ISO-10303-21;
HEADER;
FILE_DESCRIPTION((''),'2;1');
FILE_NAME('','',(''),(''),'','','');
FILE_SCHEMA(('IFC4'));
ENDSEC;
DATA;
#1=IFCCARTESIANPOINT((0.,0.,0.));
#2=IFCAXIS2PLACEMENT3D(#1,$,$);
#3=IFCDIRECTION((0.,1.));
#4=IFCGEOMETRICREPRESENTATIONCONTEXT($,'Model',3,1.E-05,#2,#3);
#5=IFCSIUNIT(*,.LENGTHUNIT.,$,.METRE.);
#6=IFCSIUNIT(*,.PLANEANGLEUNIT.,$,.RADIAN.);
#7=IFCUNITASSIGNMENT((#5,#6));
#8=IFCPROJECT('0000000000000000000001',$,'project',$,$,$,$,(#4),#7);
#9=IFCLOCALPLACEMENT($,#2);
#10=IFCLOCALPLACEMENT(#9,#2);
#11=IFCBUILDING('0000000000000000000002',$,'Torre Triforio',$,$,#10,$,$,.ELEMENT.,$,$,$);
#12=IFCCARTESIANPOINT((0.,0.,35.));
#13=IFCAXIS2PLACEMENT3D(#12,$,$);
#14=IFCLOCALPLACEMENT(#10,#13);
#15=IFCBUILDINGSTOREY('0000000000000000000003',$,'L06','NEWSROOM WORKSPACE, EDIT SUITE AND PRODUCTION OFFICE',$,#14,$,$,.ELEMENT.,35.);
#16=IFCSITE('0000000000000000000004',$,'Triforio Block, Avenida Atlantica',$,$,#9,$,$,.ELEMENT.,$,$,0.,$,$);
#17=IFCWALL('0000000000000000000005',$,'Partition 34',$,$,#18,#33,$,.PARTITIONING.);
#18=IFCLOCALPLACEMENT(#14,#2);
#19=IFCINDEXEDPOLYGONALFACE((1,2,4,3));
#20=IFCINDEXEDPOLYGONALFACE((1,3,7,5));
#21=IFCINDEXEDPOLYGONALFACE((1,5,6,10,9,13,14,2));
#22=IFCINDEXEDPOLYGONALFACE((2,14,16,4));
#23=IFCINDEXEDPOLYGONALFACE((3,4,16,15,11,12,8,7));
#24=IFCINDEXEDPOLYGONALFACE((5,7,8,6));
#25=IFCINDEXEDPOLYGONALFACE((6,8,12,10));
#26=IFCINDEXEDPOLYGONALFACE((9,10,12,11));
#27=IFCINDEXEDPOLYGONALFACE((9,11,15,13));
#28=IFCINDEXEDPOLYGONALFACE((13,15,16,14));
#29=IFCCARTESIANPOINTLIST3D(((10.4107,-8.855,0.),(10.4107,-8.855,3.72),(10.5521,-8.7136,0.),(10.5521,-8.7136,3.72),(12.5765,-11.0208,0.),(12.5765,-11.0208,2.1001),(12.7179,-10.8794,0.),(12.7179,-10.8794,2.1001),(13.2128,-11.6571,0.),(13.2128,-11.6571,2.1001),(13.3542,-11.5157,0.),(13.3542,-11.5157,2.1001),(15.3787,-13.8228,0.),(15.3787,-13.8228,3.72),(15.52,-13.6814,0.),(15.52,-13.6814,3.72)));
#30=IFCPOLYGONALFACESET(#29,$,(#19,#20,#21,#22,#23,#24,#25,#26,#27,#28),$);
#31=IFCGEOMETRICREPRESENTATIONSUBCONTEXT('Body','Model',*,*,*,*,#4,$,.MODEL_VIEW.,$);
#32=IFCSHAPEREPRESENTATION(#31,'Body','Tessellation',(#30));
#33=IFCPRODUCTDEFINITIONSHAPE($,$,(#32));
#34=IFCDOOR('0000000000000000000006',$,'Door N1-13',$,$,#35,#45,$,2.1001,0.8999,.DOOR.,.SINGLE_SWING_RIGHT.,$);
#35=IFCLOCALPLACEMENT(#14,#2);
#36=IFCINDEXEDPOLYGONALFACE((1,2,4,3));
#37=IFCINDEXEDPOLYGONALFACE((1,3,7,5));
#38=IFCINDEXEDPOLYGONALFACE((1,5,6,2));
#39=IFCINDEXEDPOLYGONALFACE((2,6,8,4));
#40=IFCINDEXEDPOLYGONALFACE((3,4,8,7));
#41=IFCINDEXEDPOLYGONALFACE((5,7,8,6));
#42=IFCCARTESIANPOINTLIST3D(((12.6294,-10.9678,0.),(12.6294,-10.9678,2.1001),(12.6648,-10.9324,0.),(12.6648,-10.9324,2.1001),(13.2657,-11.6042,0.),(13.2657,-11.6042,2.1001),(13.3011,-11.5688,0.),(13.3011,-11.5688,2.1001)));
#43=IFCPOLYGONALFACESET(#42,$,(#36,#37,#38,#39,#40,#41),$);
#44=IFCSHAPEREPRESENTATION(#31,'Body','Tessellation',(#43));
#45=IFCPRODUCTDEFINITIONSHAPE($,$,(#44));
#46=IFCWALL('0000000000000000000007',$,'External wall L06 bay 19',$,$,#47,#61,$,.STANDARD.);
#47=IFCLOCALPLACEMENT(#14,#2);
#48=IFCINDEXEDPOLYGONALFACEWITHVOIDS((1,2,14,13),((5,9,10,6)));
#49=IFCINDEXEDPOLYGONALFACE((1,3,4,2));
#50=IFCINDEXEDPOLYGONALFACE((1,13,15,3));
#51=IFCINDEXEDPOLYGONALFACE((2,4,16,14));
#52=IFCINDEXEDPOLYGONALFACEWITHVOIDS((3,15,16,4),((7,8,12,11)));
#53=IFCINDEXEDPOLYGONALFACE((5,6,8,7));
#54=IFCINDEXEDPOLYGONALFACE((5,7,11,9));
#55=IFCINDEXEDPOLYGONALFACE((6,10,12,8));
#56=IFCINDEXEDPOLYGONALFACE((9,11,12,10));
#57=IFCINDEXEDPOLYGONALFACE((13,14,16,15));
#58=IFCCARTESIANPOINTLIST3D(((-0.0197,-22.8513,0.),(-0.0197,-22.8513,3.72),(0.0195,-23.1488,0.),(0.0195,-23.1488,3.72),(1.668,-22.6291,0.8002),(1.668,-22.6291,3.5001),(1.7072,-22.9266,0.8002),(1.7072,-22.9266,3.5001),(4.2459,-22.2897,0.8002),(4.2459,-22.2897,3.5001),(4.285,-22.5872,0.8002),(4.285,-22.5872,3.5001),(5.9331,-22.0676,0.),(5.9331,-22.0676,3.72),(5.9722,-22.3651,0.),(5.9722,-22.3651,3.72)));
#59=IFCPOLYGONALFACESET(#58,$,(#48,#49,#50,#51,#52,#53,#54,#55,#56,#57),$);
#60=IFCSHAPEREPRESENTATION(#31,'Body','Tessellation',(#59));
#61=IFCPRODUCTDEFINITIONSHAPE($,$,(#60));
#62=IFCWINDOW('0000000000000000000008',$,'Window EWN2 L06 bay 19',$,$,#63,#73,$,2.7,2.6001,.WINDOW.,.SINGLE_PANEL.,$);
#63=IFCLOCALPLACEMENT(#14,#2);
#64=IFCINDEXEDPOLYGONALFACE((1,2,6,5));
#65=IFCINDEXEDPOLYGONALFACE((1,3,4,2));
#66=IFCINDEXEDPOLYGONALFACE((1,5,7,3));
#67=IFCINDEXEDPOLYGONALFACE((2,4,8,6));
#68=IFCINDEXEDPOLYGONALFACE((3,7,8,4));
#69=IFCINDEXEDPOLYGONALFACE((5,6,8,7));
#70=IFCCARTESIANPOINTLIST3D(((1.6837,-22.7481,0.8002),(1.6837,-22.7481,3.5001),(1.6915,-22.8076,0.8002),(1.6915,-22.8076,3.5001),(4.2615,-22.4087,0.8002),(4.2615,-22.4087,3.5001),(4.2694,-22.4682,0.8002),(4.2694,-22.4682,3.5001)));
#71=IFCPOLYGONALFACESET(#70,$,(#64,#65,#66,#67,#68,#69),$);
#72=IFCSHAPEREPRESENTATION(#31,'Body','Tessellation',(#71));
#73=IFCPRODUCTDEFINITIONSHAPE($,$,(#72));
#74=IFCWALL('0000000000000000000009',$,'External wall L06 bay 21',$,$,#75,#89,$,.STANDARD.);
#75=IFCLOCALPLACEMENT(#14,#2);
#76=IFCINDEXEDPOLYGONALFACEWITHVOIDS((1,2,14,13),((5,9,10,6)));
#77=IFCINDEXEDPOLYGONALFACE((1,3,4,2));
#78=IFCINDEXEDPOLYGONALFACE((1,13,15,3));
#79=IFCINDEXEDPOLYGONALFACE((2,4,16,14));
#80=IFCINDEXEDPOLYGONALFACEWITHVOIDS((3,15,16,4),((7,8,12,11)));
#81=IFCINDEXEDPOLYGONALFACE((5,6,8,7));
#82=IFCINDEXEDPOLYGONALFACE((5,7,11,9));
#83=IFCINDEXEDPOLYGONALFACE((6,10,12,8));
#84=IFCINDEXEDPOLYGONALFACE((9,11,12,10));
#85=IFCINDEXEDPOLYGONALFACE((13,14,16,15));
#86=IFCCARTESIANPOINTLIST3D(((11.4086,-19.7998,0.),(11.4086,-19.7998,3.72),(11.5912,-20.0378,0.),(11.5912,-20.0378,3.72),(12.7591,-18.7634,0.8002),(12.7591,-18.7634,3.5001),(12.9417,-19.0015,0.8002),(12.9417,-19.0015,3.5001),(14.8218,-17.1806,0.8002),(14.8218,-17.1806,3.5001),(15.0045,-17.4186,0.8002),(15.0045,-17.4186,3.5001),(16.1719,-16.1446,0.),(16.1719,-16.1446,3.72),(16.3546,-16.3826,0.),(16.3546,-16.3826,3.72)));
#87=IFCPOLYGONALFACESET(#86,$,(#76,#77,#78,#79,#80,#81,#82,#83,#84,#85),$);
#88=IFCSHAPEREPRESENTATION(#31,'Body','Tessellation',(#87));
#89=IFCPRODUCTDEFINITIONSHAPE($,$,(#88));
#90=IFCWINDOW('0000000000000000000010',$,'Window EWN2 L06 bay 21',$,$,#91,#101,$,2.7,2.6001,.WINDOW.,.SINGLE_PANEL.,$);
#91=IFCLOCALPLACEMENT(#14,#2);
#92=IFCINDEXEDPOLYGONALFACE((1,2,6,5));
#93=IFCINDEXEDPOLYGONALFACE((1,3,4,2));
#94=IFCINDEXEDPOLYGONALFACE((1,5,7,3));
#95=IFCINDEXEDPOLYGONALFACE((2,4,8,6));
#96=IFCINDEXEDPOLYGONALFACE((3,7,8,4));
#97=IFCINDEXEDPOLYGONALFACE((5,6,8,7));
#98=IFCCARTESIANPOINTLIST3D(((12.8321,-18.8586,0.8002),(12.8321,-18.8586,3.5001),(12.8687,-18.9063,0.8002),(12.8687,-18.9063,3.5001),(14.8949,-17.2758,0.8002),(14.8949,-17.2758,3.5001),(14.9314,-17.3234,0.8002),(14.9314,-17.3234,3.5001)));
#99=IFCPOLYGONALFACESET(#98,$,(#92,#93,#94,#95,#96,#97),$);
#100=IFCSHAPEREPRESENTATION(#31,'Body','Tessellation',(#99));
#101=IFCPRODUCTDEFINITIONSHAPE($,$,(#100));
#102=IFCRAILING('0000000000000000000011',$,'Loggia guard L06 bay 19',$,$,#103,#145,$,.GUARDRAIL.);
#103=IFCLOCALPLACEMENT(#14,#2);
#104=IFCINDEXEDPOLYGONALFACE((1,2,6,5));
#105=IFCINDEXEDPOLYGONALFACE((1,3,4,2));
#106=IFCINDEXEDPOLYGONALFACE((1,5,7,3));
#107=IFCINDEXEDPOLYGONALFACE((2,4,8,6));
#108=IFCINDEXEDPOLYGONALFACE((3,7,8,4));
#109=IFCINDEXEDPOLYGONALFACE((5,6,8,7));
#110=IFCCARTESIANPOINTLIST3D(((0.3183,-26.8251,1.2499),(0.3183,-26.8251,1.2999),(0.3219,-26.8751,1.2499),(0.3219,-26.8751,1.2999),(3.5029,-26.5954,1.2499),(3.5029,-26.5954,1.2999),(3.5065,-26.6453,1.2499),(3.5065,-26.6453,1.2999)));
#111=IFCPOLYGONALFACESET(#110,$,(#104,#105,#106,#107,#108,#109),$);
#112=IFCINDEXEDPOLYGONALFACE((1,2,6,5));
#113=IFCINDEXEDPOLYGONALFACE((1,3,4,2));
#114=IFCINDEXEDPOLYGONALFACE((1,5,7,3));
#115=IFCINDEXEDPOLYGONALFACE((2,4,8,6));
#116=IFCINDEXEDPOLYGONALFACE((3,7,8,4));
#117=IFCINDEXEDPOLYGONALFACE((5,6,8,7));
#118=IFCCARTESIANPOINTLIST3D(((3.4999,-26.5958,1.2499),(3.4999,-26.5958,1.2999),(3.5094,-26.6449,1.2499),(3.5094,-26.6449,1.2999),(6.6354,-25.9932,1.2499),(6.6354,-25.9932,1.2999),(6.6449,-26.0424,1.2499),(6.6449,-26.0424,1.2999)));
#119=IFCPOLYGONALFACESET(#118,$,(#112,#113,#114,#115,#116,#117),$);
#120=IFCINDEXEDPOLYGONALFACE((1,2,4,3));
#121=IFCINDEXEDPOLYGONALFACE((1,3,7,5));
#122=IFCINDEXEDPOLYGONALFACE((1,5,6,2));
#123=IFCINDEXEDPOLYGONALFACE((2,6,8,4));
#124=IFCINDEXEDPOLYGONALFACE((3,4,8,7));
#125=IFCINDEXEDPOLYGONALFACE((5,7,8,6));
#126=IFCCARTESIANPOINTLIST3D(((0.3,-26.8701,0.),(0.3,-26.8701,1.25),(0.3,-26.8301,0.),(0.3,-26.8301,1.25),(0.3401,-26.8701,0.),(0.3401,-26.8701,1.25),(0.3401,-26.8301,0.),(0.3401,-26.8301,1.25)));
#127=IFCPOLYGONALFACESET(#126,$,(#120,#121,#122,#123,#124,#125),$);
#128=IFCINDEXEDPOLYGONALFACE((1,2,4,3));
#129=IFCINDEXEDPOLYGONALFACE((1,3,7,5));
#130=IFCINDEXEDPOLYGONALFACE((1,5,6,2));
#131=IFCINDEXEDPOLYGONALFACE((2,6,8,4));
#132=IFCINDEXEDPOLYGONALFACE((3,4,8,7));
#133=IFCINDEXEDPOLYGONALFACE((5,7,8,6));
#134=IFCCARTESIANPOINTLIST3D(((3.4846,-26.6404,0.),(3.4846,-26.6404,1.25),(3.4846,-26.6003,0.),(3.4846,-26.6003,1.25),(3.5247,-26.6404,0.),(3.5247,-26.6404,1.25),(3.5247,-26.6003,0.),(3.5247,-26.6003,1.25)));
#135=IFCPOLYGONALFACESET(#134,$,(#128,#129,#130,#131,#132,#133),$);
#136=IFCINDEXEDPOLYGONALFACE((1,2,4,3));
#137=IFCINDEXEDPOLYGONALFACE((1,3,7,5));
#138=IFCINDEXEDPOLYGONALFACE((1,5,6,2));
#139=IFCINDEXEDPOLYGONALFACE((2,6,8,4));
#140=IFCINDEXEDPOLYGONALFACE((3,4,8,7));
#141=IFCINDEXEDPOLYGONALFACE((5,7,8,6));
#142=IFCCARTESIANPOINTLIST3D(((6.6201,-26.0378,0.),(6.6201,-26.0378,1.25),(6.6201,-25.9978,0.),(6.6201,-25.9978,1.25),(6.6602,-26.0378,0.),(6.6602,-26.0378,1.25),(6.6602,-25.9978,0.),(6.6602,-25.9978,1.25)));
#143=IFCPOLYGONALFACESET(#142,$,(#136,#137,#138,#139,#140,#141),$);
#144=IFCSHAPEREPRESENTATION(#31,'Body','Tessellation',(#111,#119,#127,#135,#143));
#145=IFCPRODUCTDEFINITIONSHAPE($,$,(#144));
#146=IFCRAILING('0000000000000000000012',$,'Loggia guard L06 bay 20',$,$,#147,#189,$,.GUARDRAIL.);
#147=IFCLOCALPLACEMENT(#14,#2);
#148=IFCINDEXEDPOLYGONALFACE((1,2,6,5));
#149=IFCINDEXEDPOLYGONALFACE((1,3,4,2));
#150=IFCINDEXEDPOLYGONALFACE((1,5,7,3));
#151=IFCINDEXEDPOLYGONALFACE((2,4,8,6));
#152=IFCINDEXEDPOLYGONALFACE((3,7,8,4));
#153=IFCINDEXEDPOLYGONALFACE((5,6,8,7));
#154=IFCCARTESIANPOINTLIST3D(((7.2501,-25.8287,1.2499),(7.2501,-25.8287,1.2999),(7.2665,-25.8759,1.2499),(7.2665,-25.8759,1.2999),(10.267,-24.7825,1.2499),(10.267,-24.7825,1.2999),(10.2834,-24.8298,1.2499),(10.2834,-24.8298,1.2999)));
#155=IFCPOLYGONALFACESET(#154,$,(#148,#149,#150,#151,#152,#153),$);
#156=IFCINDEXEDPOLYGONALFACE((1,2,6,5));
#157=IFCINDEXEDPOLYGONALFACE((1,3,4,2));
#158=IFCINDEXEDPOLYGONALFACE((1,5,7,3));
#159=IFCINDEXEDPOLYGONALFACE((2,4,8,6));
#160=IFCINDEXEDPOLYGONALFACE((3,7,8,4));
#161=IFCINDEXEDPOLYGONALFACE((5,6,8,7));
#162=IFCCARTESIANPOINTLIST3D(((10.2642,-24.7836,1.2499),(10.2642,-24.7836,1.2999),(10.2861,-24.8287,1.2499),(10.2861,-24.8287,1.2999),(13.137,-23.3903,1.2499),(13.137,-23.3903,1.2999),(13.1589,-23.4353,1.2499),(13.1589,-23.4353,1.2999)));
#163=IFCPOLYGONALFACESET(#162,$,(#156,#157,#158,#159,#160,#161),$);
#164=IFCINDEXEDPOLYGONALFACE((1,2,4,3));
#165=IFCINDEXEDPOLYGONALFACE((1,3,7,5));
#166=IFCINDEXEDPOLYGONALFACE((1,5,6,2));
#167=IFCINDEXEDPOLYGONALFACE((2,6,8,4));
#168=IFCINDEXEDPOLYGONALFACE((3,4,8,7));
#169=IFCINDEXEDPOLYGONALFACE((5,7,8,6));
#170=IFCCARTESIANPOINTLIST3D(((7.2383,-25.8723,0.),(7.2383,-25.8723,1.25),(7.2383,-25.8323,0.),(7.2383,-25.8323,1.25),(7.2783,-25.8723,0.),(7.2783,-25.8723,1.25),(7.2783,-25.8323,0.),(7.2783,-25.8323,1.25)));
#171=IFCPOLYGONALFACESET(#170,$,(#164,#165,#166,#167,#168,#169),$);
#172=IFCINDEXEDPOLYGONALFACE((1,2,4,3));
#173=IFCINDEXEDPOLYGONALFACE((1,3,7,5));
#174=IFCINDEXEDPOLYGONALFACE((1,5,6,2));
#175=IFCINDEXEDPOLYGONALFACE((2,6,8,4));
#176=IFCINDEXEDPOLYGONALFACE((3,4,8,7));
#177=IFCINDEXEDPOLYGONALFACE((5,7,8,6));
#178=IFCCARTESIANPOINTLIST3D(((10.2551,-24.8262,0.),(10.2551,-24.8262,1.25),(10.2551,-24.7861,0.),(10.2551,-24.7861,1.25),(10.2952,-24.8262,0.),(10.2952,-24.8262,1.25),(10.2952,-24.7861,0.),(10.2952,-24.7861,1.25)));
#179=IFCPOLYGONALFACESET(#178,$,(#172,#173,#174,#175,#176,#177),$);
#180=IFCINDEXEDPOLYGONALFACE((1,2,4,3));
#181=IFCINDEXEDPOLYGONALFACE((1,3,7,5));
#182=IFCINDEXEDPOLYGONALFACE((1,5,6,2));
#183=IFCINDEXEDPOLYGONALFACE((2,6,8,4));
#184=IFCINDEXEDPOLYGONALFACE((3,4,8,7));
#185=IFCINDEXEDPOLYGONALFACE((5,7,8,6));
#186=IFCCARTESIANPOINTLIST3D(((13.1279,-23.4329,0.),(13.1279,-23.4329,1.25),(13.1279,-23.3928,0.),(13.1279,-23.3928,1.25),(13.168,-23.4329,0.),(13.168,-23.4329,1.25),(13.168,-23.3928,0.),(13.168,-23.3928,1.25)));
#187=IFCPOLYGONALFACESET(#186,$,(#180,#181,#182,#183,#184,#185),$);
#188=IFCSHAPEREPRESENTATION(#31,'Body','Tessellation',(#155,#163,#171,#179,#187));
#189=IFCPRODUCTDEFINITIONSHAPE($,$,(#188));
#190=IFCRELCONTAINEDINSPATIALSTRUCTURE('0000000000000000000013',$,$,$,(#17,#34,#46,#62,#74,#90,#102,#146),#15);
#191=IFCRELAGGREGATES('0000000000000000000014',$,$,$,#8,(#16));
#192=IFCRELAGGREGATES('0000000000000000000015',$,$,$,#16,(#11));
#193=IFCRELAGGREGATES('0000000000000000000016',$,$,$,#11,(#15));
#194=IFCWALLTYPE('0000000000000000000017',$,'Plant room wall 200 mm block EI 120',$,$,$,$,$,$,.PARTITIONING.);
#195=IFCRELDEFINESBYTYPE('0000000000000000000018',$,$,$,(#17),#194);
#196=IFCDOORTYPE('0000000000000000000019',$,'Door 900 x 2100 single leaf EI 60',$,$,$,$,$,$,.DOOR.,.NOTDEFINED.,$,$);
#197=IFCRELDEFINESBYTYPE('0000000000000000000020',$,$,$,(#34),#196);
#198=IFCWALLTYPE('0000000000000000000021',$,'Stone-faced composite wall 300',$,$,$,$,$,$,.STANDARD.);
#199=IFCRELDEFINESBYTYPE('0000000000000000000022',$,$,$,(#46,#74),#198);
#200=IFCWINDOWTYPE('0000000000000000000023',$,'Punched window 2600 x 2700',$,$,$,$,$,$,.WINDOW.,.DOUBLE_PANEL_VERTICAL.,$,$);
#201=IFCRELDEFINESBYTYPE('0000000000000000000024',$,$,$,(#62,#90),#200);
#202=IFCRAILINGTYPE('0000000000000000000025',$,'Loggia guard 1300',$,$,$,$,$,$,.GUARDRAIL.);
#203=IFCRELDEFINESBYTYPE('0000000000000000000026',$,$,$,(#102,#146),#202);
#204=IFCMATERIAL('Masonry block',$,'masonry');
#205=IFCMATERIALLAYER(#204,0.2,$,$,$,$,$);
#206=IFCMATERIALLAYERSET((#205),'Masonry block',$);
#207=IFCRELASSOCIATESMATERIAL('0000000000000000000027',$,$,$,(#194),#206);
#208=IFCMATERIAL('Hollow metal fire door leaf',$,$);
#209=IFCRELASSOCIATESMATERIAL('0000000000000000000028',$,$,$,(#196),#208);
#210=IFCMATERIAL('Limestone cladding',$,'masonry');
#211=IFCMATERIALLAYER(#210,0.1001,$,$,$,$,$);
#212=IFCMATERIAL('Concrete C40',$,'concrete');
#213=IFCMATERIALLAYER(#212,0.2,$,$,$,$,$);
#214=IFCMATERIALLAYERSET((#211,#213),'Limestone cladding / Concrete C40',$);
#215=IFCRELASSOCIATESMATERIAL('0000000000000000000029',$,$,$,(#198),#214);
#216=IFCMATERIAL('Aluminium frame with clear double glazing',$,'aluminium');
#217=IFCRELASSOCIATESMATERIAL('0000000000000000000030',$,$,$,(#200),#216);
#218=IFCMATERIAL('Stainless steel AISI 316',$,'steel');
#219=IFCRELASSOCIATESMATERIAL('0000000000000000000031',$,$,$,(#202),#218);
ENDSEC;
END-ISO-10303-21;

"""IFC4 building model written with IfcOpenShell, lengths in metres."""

from ifc_helpers import new_model, si_unit, direction, frame, frame_2d, origin, origin_2d, place, context, subcontext, project, spatial, rectangle, extrude, material, layer, layer_set, type_object, element, fill, save


model = new_model("IFC4")

# Units and contexts
model_context = context("Model", 3, precision=1e-05, world=origin(), true_north=direction((0.0, 1.0)))
body_context = subcontext(model_context, "Body", "Model", "MODEL_VIEW")
ifc_project = project(units=[si_unit("LENGTHUNIT", "METRE"), si_unit("PLANEANGLEUNIT", "RADIAN")], contexts=[model_context])

# Site, building, storey
site_placement = place(None, origin())
site = spatial("IfcSite", under=ifc_project, at=site_placement, Name="Triforio Block, Avenida Atlantica", CompositionType="ELEMENT", RefElevation=0.0)
building_placement = place(site_placement, origin())
building = spatial("IfcBuilding", under=site, at=building_placement, Name="Torre Triforio", CompositionType="ELEMENT")
storey_placement = place(building_placement, frame((0.0, 0.0, 35.0)))
storey = spatial("IfcBuildingStorey", under=building, at=storey_placement, Name="L06", Description="NEWSROOM WORKSPACE, EDIT SUITE AND PRODUCTION OFFICE", CompositionType="ELEMENT", Elevation=35.0)

# Wall, opening, door
ifc_material_1 = material(Name="Masonry block", Category="masonry")
ifc_layer_1 = layer(ifc_material_1, 0.2)
ifc_layer_set_1 = layer_set([ifc_layer_1], Name="Masonry block")
wall_type_1 = type_object("IfcWallType", Name="Plant room wall 200 mm block EI 120", PredefinedType="PARTITIONING", material=ifc_layer_set_1)
wall_1_placement = place(storey_placement, frame((10.4814, -8.7844, 0.0), z_axis=(0.0, 0.0, 1.0), x_axis=(0.707124, -0.707089, 0.0)))
wall_1 = element("IfcWall", 1, at=wall_1_placement, inside=storey, type_object=wall_type_1, Name="Partition 34", PredefinedType="PARTITIONING", context=body_context, shape_type="SweptSolid", body=[
    extrude(rectangle(XDim=7.0256, YDim=0.2, at=frame_2d((3.5127, 0.0))), origin(), (0.0, 0.0, 1.0), 3.72),
])
opening_1_placement = place(wall_1_placement, frame((3.0627, 0.0, 0.0)))
opening_1 = element("IfcOpeningElement", 2, at=opening_1_placement, cuts=wall_1, PredefinedType="OPENING", context=body_context, shape_type="SweptSolid", body=[
    extrude(rectangle(XDim=0.8999, YDim=2.1001, at=frame_2d((0.45, 1.05))), frame((0.0, 0.1099, 0.0), z_axis=(0.0, -1.0, 0.0), x_axis=(1.0, 0.0, 0.0)), (0.0, 0.0, 1.0), 0.22),
])
ifc_material_2 = material(Name="Hollow metal fire door leaf")
door_type_1 = type_object("IfcDoorType", Name="Door 900 x 2100 single leaf EI 60", OperationType="NOTDEFINED", PredefinedType="DOOR", material=ifc_material_2)
door_1_placement = place(opening_1_placement, origin())
door_1 = element("IfcDoor", 3, at=door_1_placement, inside=storey, type_object=door_type_1, Name="Door N1-13", OperationType="SINGLE_SWING_RIGHT", OverallHeight=2.1001, OverallWidth=0.8999, PredefinedType="DOOR", context=body_context, shape_type="SweptSolid", body=[
    extrude(rectangle(XDim=0.8999, YDim=2.1001, at=frame_2d((0.45, 1.05))), frame((0.0, 0.0249, 0.0), z_axis=(0.0, -1.0, 0.0), x_axis=(1.0, 0.0, 0.0)), (0.0, 0.0, 1.0), 0.05),
])
fill(opening_1, door_1)

# Wall, opening, window
ifc_material_3 = material(Name="Limestone cladding", Category="masonry")
ifc_layer_2 = layer(ifc_material_3, 0.1001)
ifc_material_4 = material(Name="Concrete C40", Category="concrete")
ifc_layer_3 = layer(ifc_material_4, 0.2)
ifc_layer_set_2 = layer_set([ifc_layer_2, ifc_layer_3], Name="Limestone cladding / Concrete C40")
wall_type_2 = type_object("IfcWallType", Name="Stone-faced composite wall 300", PredefinedType="STANDARD", material=ifc_layer_set_2)
wall_2_placement = place(storey_placement, frame((0.0, -23.0, 0.0), z_axis=(0.0, 0.0, 1.0), x_axis=(0.991445, 0.130523, 0.0)))
wall_2 = element("IfcWall", 4, at=wall_2_placement, inside=storey, type_object=wall_type_2, Name="External wall L06 bay 19", PredefinedType="STANDARD", context=body_context, shape_type="SweptSolid", body=[
    extrude(rectangle(XDim=6.0042, YDim=0.3, at=frame_2d((3.002, 0.0))), origin(), (0.0, 0.0, 1.0), 3.72),
])
opening_2_placement = place(wall_2_placement, frame((1.7021, 0.0, 0.8)))
opening_2 = element("IfcOpeningElement", 5, at=opening_2_placement, cuts=wall_2, PredefinedType="OPENING", context=body_context, shape_type="SweptSolid", body=[
    extrude(rectangle(XDim=2.6001, YDim=2.7, at=frame_2d((1.3, 1.3501))), frame((0.0, 0.1599, 0.0), z_axis=(0.0, -1.0, 0.0), x_axis=(1.0, 0.0, 0.0)), (0.0, 0.0, 1.0), 0.3201),
])
ifc_material_5 = material(Name="Aluminium frame with clear double glazing", Category="aluminium")
window_type_1 = type_object("IfcWindowType", Name="Punched window 2600 x 2700", PartitioningType="DOUBLE_PANEL_VERTICAL", PredefinedType="WINDOW", material=ifc_material_5)
window_1_placement = place(opening_2_placement, origin())
window_1 = element("IfcWindow", 6, at=window_1_placement, inside=storey, type_object=window_type_1, Name="Window EWN2 L06 bay 19", OverallHeight=2.7, OverallWidth=2.6001, PartitioningType="SINGLE_PANEL", PredefinedType="WINDOW", context=body_context, shape_type="SweptSolid", body=[
    extrude(rectangle(XDim=2.6001, YDim=2.7, at=frame_2d((1.3, 1.3501))), frame((0.0, 0.03, 0.0), z_axis=(0.0, -1.0, 0.0), x_axis=(1.0, 0.0, 0.0)), (0.0, 0.0, 1.0), 0.0601),
])
fill(opening_2, window_1)

# Wall, opening, window
wall_3_placement = place(storey_placement, frame((11.5, -19.9187, 0.0), z_axis=(0.0, 0.0, 1.0), x_axis=(0.79334, 0.608779, 0.0)))
wall_3 = element("IfcWall", 7, at=wall_3_placement, inside=storey, type_object=wall_type_2, Name="External wall L06 bay 21", PredefinedType="STANDARD", context=body_context, shape_type="SweptSolid", body=[
    extrude(rectangle(XDim=6.0042, YDim=0.3, at=frame_2d((3.002, 0.0))), origin(), (0.0, 0.0, 1.0), 3.72),
])
opening_3_placement = place(wall_3_placement, frame((1.7021, 0.0, 0.8)))
opening_3 = element("IfcOpeningElement", 8, at=opening_3_placement, cuts=wall_3, PredefinedType="OPENING", context=body_context, shape_type="SweptSolid", body=[
    extrude(rectangle(XDim=2.6001, YDim=2.7, at=frame_2d((1.3, 1.3501))), frame((0.0, 0.1599, 0.0), z_axis=(0.0, -1.0, 0.0), x_axis=(1.0, 0.0, 0.0)), (0.0, 0.0, 1.0), 0.3201),
])
window_2_placement = place(opening_3_placement, origin())
window_2 = element("IfcWindow", 9, at=window_2_placement, inside=storey, type_object=window_type_1, Name="Window EWN2 L06 bay 21", OverallHeight=2.7, OverallWidth=2.6001, PartitioningType="SINGLE_PANEL", PredefinedType="WINDOW", context=body_context, shape_type="SweptSolid", body=[
    extrude(rectangle(XDim=2.6001, YDim=2.7, at=frame_2d((1.3, 1.3501))), frame((0.0, 0.03, 0.0), z_axis=(0.0, -1.0, 0.0), x_axis=(1.0, 0.0, 0.0)), (0.0, 0.0, 1.0), 0.0601),
])
fill(opening_3, window_2)

# Railings
ifc_material_6 = material(Name="Stainless steel AISI 316", Category="steel")
railing_type = type_object("IfcRailingType", Name="Loggia guard 1300", PredefinedType="GUARDRAIL", material=ifc_material_6)
railing_1_placement = place(storey_placement, frame((0.3201, -26.8501, 0.0)))
element("IfcRailing", 10, at=railing_1_placement, inside=storey, type_object=railing_type, Name="Loggia guard L06 bay 19", PredefinedType="GUARDRAIL", context=body_context, shape_type="SweptSolid", body=[
    extrude(rectangle(XDim=0.05, YDim=0.05, at=origin_2d()), frame((0.0, 0.0, 1.2749), z_axis=(0.997408, 0.071953, 0.0), x_axis=(-0.071953, 0.997408, 0.0)), (0.0, 0.0, 1.0), 3.1929),
    extrude(rectangle(XDim=0.05, YDim=0.05, at=origin_2d()), frame((3.1846, 0.2297, 1.2749), z_axis=(0.982032, 0.188714, 0.0), x_axis=(-0.188714, 0.982032, 0.0)), (0.0, 0.0, 1.0), 3.1929),
    extrude(rectangle(XDim=0.04, YDim=0.04, at=origin_2d()), origin(), (0.0, 0.0, 1.0), 1.25),
    extrude(rectangle(XDim=0.04, YDim=0.04, at=origin_2d()), frame((3.1846, 0.2297, 0.0)), (0.0, 0.0, 1.0), 1.25),
    extrude(rectangle(XDim=0.04, YDim=0.04, at=origin_2d()), frame((6.3201, 0.8323, 0.0)), (0.0, 0.0, 1.0), 1.25),
])
railing_2_placement = place(storey_placement, frame((7.2583, -25.8523, 0.0)))
element("IfcRailing", 11, at=railing_2_placement, inside=storey, type_object=railing_type, Name="Loggia guard L06 bay 20", PredefinedType="GUARDRAIL", context=body_context, shape_type="SweptSolid", body=[
    extrude(rectangle(XDim=0.05, YDim=0.05, at=origin_2d()), frame((0.0, 0.0, 1.2749), z_axis=(0.944807, 0.327628, 0.0), x_axis=(-0.327628, 0.944807, 0.0)), (0.0, 0.0, 1.0), 3.1931),
    extrude(rectangle(XDim=0.05, YDim=0.05, at=origin_2d()), frame((3.0168, 1.0461, 1.2749), z_axis=(0.89976, 0.436384, 0.0), x_axis=(-0.436384, 0.89976, 0.0)), (0.0, 0.0, 1.0), 3.1929),
    extrude(rectangle(XDim=0.04, YDim=0.04, at=origin_2d()), origin(), (0.0, 0.0, 1.0), 1.25),
    extrude(rectangle(XDim=0.04, YDim=0.04, at=origin_2d()), frame((3.0168, 1.0461, 0.0)), (0.0, 0.0, 1.0), 1.25),
    extrude(rectangle(XDim=0.04, YDim=0.04, at=origin_2d()), frame((5.8896, 2.4395, 0.0)), (0.0, 0.0, 1.0), 1.25),
])

save(model, "model.ifc")
